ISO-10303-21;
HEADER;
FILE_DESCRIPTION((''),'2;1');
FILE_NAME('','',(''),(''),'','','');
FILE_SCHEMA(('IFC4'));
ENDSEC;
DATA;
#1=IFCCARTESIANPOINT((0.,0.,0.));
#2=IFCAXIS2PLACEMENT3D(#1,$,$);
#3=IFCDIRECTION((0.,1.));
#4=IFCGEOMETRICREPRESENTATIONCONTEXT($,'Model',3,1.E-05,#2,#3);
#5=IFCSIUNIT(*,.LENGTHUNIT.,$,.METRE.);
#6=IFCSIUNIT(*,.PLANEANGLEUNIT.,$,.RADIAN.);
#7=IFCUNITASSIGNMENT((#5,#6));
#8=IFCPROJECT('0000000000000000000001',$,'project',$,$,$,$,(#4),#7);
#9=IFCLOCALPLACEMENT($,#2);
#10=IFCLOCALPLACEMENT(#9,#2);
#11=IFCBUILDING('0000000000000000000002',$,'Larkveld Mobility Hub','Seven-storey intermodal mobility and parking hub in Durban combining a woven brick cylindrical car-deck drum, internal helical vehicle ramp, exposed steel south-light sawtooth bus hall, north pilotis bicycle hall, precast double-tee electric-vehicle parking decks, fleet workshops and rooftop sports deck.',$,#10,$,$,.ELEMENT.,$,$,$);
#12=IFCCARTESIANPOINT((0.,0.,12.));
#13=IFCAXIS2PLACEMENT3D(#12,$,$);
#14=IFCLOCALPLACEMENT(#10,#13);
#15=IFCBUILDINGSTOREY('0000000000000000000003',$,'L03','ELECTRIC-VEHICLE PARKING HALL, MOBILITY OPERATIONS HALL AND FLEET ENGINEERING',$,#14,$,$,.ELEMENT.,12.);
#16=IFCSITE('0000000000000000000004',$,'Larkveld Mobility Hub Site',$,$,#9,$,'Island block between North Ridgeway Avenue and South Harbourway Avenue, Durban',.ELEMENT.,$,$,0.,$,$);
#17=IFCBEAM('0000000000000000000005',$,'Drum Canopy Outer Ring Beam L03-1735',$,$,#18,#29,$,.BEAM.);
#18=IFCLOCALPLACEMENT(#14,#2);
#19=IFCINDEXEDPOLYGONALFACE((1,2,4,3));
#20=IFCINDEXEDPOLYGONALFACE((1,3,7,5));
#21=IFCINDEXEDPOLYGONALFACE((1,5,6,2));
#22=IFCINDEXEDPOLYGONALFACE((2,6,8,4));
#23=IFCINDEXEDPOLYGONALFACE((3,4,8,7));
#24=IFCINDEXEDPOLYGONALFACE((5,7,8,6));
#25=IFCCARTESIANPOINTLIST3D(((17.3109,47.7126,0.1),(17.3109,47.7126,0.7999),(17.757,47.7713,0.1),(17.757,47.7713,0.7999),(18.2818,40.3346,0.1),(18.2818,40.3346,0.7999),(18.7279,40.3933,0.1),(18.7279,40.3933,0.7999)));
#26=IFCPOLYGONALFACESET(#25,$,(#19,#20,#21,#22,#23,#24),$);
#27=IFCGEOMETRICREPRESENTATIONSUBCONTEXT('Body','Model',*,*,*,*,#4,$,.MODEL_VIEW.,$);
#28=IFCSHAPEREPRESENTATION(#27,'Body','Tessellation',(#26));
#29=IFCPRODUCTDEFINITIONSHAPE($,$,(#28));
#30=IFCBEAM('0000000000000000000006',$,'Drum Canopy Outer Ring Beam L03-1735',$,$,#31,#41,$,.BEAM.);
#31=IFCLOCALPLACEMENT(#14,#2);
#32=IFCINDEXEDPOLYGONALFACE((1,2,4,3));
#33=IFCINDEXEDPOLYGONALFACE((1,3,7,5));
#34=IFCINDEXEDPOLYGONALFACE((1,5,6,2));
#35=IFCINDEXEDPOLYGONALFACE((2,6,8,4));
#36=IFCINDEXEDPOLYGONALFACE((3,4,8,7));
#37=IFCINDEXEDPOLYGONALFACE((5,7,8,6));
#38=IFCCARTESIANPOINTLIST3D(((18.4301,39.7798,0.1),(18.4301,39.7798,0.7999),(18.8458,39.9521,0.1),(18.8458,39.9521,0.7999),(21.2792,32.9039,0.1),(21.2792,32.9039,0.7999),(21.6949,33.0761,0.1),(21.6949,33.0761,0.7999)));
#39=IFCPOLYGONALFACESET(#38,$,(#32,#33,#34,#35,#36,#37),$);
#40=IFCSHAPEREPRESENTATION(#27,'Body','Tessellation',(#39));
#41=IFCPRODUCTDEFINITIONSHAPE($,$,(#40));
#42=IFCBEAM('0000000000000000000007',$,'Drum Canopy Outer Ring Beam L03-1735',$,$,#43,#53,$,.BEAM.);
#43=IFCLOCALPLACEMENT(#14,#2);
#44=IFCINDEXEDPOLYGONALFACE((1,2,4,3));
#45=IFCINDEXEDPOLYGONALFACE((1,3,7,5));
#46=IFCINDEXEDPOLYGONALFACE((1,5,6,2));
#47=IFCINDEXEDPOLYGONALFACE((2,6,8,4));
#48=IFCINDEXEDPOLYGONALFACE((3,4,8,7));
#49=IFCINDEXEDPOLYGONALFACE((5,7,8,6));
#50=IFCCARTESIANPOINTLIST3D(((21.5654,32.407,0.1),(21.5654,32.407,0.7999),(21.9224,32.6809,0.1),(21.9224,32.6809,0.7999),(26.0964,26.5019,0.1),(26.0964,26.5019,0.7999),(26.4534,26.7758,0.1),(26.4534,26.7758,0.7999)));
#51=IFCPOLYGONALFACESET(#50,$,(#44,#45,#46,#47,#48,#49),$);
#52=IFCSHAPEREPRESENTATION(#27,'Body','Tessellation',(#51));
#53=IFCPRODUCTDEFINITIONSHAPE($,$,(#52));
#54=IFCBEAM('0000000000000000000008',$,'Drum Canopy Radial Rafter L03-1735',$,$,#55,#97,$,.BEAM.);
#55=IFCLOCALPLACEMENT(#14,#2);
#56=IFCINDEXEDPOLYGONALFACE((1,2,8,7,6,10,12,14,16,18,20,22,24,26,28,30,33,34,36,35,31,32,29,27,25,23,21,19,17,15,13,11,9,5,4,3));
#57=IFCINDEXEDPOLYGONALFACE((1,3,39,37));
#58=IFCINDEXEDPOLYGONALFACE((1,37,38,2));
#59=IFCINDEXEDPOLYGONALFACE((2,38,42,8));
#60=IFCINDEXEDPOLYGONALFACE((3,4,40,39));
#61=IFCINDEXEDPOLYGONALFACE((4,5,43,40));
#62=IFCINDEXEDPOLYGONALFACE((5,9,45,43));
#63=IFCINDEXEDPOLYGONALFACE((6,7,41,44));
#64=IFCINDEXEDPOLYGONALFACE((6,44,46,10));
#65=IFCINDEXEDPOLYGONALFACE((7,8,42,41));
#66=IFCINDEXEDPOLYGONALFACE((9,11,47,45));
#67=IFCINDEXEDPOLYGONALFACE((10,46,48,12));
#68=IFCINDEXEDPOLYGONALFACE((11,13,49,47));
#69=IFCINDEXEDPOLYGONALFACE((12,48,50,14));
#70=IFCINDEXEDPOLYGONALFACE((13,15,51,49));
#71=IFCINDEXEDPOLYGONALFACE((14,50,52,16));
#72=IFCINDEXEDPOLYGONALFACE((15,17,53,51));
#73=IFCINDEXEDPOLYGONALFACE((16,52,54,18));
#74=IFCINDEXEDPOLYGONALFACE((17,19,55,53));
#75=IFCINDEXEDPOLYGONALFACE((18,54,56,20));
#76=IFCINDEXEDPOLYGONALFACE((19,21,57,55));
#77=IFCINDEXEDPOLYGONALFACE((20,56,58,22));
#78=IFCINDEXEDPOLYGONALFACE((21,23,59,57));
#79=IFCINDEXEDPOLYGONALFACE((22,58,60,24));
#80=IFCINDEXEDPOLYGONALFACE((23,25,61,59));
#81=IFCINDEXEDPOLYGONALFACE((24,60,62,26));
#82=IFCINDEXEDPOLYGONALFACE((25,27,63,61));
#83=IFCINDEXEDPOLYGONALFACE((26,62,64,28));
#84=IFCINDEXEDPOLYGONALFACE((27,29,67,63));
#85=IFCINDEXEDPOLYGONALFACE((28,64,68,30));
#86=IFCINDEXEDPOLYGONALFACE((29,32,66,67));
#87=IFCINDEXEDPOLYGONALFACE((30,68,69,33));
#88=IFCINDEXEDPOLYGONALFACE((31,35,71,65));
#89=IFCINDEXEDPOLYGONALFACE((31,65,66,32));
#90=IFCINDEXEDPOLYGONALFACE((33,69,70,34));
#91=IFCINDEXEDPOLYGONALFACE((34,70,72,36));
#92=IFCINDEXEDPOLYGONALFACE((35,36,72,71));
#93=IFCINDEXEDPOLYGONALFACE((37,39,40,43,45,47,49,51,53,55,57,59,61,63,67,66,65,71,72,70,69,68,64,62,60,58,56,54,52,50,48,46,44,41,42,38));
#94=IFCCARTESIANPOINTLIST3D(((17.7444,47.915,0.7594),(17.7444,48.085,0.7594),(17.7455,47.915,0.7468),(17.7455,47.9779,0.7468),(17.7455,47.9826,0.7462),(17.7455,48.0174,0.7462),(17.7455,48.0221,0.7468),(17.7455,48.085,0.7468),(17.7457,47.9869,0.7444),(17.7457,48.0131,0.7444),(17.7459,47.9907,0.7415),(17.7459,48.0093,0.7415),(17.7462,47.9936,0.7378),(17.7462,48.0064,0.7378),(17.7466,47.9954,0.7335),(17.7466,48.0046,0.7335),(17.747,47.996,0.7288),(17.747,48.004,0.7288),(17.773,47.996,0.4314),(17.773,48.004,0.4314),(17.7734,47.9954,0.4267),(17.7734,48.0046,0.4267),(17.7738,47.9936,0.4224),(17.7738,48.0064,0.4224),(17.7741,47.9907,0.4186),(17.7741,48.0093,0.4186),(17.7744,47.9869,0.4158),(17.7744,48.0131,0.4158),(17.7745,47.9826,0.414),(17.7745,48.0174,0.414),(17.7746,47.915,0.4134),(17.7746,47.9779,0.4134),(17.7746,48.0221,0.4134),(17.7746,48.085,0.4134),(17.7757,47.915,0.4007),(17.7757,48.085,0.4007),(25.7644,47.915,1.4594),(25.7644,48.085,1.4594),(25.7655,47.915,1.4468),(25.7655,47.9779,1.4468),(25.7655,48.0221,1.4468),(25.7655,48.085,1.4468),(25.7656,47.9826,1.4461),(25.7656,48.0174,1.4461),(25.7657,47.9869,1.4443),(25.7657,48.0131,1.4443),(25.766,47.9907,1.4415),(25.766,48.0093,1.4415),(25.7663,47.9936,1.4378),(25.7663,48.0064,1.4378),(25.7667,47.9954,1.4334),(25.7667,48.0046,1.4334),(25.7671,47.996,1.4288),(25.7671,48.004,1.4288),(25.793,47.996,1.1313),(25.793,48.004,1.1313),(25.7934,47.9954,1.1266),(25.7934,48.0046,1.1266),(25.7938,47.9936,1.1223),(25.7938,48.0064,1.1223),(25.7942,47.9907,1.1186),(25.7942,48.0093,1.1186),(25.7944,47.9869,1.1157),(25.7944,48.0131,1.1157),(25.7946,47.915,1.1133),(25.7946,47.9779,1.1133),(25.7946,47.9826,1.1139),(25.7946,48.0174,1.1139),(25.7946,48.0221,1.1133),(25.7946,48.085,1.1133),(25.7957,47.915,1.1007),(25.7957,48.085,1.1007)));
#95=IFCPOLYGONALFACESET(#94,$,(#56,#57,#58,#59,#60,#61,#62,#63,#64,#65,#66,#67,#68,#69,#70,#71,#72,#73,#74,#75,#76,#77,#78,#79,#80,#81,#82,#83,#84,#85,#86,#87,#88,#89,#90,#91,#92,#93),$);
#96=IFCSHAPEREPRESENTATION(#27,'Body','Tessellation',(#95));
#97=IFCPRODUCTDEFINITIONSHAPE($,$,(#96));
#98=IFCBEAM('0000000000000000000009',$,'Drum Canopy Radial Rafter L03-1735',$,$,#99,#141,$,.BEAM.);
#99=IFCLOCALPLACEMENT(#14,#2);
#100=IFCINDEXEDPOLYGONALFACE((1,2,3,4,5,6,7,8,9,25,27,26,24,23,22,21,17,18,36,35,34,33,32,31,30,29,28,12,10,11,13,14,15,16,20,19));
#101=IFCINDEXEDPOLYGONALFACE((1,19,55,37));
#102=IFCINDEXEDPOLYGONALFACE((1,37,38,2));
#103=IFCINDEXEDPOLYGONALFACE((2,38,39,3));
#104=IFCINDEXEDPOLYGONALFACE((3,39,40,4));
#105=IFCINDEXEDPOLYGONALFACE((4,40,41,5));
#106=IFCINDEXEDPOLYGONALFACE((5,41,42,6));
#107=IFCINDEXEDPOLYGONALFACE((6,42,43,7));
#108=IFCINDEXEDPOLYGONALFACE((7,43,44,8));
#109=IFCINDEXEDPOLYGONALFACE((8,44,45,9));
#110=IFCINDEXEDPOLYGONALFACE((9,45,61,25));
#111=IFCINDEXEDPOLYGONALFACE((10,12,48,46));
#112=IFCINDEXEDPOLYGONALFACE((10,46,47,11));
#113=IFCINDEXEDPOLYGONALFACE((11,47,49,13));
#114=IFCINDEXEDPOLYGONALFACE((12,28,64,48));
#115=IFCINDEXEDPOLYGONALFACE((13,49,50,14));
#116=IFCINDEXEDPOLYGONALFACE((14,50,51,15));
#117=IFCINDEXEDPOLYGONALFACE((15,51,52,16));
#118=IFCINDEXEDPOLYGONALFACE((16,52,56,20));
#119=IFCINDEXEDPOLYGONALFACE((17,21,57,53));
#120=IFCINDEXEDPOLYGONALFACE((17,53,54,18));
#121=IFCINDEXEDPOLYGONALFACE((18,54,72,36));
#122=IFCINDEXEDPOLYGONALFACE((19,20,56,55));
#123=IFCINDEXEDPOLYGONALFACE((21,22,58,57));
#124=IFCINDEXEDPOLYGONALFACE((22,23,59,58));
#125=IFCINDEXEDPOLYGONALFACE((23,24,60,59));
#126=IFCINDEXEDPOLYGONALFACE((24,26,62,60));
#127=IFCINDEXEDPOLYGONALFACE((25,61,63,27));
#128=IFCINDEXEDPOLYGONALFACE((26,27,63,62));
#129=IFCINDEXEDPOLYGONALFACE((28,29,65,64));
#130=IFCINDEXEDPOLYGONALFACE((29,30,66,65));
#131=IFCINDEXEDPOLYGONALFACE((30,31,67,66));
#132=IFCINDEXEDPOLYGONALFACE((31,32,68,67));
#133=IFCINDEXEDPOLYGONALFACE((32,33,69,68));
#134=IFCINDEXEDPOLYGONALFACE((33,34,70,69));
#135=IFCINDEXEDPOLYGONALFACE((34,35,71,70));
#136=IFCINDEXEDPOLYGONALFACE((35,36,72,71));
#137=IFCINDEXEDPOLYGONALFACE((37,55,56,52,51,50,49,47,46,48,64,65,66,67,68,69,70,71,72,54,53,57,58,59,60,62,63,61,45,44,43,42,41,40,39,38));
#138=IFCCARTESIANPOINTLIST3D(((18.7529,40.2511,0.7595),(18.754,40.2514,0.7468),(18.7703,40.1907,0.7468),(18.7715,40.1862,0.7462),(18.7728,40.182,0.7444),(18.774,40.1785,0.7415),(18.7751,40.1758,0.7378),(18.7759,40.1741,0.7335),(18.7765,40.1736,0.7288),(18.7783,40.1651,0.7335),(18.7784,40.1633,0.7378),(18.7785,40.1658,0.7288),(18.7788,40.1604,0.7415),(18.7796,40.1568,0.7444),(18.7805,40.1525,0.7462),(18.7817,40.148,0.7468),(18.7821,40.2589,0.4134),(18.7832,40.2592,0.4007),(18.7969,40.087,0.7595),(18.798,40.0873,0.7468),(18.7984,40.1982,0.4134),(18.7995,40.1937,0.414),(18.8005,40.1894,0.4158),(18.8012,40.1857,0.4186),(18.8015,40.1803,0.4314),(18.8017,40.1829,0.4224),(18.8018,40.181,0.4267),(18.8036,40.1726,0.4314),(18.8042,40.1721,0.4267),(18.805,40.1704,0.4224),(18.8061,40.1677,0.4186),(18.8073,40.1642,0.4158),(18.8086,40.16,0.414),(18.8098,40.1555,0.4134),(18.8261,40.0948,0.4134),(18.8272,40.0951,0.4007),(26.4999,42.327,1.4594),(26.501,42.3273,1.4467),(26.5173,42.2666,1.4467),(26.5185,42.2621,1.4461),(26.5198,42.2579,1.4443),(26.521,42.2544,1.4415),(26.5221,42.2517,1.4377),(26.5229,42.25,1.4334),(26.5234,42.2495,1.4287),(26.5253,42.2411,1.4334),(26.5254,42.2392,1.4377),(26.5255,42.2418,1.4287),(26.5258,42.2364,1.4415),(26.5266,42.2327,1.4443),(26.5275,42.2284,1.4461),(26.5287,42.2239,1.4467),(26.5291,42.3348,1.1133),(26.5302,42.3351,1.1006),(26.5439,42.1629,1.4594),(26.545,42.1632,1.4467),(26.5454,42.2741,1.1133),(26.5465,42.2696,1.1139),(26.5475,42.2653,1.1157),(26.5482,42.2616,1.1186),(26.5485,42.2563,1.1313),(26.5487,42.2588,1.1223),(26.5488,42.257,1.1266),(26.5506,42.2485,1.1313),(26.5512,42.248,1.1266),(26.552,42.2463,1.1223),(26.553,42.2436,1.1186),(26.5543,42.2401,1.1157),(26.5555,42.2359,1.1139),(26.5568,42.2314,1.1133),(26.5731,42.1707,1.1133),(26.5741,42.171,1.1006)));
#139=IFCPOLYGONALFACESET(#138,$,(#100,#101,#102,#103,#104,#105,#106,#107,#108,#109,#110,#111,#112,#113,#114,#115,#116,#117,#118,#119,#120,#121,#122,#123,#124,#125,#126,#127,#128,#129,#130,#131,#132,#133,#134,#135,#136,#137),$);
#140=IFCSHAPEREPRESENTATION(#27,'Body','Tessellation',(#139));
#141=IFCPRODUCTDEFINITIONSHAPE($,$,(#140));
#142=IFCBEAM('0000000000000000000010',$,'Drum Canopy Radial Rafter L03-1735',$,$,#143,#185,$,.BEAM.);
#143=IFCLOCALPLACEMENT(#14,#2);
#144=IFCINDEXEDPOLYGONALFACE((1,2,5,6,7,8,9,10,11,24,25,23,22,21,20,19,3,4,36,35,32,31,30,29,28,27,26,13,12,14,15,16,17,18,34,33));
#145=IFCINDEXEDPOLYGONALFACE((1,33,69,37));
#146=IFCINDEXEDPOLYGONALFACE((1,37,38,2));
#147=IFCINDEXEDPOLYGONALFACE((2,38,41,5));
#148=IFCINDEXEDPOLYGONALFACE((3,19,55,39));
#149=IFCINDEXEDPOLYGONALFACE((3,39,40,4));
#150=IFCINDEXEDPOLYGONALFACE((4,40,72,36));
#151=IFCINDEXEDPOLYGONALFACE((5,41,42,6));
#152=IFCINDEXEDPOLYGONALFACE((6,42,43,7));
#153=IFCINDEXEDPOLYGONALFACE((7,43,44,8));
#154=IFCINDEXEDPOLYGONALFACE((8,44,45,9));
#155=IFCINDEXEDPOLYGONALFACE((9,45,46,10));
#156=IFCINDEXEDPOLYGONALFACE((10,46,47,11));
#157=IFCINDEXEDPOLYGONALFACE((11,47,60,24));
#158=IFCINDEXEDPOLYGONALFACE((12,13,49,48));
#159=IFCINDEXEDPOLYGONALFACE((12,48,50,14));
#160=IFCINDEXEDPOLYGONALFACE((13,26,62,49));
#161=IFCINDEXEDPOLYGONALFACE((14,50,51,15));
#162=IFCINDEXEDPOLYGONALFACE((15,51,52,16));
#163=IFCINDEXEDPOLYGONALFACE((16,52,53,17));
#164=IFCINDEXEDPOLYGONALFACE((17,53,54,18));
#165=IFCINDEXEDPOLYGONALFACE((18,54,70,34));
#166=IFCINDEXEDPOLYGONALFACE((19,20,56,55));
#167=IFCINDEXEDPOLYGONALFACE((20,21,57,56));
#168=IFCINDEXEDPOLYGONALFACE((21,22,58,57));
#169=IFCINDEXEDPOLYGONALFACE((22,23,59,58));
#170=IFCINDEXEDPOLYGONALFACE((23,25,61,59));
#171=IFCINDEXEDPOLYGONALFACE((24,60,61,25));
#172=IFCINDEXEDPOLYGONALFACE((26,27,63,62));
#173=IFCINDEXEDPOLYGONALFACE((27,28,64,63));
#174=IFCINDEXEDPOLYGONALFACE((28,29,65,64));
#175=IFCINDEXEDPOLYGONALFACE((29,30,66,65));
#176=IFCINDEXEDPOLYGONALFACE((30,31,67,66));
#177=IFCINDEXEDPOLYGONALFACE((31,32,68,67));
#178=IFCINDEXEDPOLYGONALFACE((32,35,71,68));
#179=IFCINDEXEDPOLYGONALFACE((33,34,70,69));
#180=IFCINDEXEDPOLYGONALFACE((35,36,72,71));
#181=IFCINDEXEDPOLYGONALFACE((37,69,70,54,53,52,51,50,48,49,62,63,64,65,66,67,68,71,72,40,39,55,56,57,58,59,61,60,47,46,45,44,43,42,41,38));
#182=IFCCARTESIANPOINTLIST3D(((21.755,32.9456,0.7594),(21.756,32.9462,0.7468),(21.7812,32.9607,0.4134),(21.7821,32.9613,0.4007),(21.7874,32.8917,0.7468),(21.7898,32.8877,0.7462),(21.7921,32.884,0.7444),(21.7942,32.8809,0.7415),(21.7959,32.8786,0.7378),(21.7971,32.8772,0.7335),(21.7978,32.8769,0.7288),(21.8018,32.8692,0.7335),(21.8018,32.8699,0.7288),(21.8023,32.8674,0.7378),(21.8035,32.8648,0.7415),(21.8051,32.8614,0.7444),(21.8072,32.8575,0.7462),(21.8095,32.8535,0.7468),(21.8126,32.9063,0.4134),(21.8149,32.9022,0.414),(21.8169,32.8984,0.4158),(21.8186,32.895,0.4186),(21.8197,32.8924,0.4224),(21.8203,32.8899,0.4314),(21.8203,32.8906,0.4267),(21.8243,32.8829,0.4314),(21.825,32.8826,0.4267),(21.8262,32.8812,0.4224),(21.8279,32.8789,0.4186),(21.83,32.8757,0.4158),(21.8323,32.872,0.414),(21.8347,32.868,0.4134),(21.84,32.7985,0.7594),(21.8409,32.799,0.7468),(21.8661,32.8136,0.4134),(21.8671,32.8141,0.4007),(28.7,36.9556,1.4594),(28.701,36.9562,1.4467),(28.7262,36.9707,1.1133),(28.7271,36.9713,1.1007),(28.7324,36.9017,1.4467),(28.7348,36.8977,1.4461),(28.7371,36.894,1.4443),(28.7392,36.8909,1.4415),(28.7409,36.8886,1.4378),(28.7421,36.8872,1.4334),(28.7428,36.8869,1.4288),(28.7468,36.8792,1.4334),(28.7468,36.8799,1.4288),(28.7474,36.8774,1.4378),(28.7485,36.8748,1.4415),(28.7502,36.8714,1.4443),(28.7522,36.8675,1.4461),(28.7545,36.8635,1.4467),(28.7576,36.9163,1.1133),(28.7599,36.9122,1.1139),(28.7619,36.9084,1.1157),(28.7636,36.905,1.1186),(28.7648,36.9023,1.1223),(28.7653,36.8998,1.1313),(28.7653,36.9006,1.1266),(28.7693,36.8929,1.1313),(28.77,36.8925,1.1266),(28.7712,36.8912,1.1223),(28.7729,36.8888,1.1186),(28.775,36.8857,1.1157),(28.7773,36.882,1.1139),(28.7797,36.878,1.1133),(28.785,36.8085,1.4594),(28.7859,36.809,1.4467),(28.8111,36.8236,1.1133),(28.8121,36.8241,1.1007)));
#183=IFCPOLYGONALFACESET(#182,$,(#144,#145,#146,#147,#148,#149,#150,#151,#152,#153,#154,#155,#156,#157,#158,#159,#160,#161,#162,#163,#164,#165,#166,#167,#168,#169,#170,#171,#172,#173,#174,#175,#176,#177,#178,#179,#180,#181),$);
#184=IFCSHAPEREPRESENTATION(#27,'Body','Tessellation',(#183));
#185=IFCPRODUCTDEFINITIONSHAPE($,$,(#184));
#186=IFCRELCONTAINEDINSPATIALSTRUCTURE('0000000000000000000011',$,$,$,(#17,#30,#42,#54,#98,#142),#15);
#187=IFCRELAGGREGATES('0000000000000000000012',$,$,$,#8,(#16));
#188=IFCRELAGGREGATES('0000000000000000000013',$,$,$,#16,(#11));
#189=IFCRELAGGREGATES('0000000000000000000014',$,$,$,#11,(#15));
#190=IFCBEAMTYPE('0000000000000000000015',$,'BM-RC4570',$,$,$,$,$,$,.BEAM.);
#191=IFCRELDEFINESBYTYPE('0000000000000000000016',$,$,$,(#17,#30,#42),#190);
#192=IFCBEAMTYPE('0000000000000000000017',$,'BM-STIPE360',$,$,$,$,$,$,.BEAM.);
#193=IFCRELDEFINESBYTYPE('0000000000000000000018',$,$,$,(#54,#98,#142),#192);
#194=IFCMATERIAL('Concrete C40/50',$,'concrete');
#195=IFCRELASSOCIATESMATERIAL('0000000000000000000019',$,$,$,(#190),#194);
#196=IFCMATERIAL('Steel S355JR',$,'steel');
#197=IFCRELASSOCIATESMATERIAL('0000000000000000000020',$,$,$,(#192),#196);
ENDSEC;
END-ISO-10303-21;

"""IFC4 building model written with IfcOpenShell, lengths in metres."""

from ifc_helpers import new_model, si_unit, direction, frame, origin, origin_2d, place, context, subcontext, project, spatial, rectangle, i_section, extrude, material, material_profile, profile_set, type_object, element, save


model = new_model("IFC4")

# Units and contexts
model_context = context("Model", 3, precision=1e-05, world=origin(), true_north=direction((0.0, 1.0)))
body_context = subcontext(model_context, "Body", "Model", "MODEL_VIEW")
ifc_project = project(units=[si_unit("LENGTHUNIT", "METRE"), si_unit("PLANEANGLEUNIT", "RADIAN")], contexts=[model_context])

# Site, building, storey
site_placement = place(None, origin())
site = spatial("IfcSite", under=ifc_project, at=site_placement, Name="Larkveld Mobility Hub Site", LongName="Island block between North Ridgeway Avenue and South Harbourway Avenue, Durban", CompositionType="ELEMENT", RefElevation=0.0)
building_placement = place(site_placement, origin())
building = spatial("IfcBuilding", under=site, at=building_placement, Name="Larkveld Mobility Hub", Description="Seven-storey intermodal mobility and parking hub in Durban combining a woven brick cylindrical car-deck drum, internal helical vehicle ramp, exposed steel south-light sawtooth bus hall, north pilotis bicycle hall, precast double-tee electric-vehicle parking decks, fleet workshops and rooftop sports deck.", CompositionType="ELEMENT")
storey_placement = place(building_placement, frame((0.0, 0.0, 12.0)))
storey = spatial("IfcBuildingStorey", under=building, at=storey_placement, Name="L03", Description="ELECTRIC-VEHICLE PARKING HALL, MOBILITY OPERATIONS HALL AND FLEET ENGINEERING", CompositionType="ELEMENT", Elevation=12.0)

# Shared definitions
ifc_material_1 = material(Name="Concrete C40/50", Category="concrete")
ifc_material_2 = material(Name="Steel S355JR", Category="steel")

# Beams
ifc_material_profile_1 = material_profile(ifc_material_1, rectangle(XDim=0.45, YDim=0.7, at=origin_2d()), Name="RC BM 450x700")
ifc_profile_set_1 = profile_set([ifc_material_profile_1], Name="Concrete C40/50")
beam_type_1 = type_object("IfcBeamType", Name="BM-RC4570", PredefinedType="BEAM", material=ifc_profile_set_1)
beam_1_placement = place(storey_placement, frame((17.5339, 47.7419, 0.45), z_axis=(0.130477, -0.991451, 0.0), x_axis=(0.991451, 0.130477, 0.0)))
element("IfcBeam", 1, at=beam_1_placement, inside=storey, type_object=beam_type_1, Name="Drum Canopy Outer Ring Beam L03-1735", PredefinedType="BEAM", context=body_context, shape_type="SweptSolid", body=[
    extrude(rectangle(XDim=0.45, YDim=0.7, at=origin_2d()), origin(), (0.0, 0.0, 1.0), 7.4417),
])
beam_2_placement = place(storey_placement, frame((18.6379, 39.866, 0.45), z_axis=(0.382798, -0.923832, 0.0), x_axis=(0.923832, 0.382798, 0.0)))
element("IfcBeam", 2, at=beam_2_placement, inside=storey, type_object=beam_type_1, Name="Drum Canopy Outer Ring Beam L03-1735", PredefinedType="BEAM", context=body_context, shape_type="SweptSolid", body=[
    extrude(rectangle(XDim=0.45, YDim=0.7, at=origin_2d()), origin(), (0.0, 0.0, 1.0), 7.4429),
])
beam_3_placement = place(storey_placement, frame((21.7439, 32.5439, 0.45), z_axis=(0.608754, -0.793359, 0.0), x_axis=(0.793359, 0.608754, 0.0)))
element("IfcBeam", 3, at=beam_3_placement, inside=storey, type_object=beam_type_1, Name="Drum Canopy Outer Ring Beam L03-1735", PredefinedType="BEAM", context=body_context, shape_type="SweptSolid", body=[
    extrude(rectangle(XDim=0.45, YDim=0.7, at=origin_2d()), origin(), (0.0, 0.0, 1.0), 7.4431),
])
ifc_material_profile_2 = material_profile(ifc_material_2, i_section(OverallWidth=0.1699, OverallDepth=0.3601, WebThickness=0.0081, FlangeThickness=0.0127, FilletRadius=0.0181, at=origin_2d()), Name="IPE 360")
ifc_profile_set_2 = profile_set([ifc_material_profile_2], Name="Steel S355JR")
beam_type_2 = type_object("IfcBeamType", Name="BM-STIPE360", PredefinedType="BEAM", material=ifc_profile_set_2)
beam_4_placement = place(storey_placement, frame((17.76, 48.0, 0.5801), z_axis=(0.996213, 0.0, 0.086945), x_axis=(0.0, 1.0, 0.0)))
element("IfcBeam", 4, at=beam_4_placement, inside=storey, type_object=beam_type_2, Name="Drum Canopy Radial Rafter L03-1735", PredefinedType="BEAM", context=body_context, shape_type="SweptSolid", body=[
    extrude(i_section(OverallWidth=0.1699, OverallDepth=0.3601, WebThickness=0.0081, FlangeThickness=0.0127, FilletRadius=0.0181, at=origin_2d()), origin(), (0.0, 0.0, 1.0), 8.0505),
])
beam_5_placement = place(storey_placement, frame((18.79, 40.1731, 0.5801), z_axis=(0.962265, 0.257851, 0.086941), x_axis=(-0.258831, 0.965923, 0.0)))
element("IfcBeam", 5, at=beam_5_placement, inside=storey, type_object=beam_type_2, Name="Drum Canopy Radial Rafter L03-1735", PredefinedType="BEAM", context=body_context, shape_type="SweptSolid", body=[
    extrude(i_section(OverallWidth=0.1699, OverallDepth=0.3601, WebThickness=0.0081, FlangeThickness=0.0127, FilletRadius=0.0181, at=origin_2d()), origin(), (0.0, 0.0, 1.0), 8.0508),
])
beam_6_placement = place(storey_placement, frame((21.811, 32.8799, 0.5801), z_axis=(0.862731, 0.498132, 0.086949), x_axis=(-0.500026, 0.866011, 0.0)))
element("IfcBeam", 6, at=beam_6_placement, inside=storey, type_object=beam_type_2, Name="Drum Canopy Radial Rafter L03-1735", PredefinedType="BEAM", context=body_context, shape_type="SweptSolid", body=[
    extrude(i_section(OverallWidth=0.1699, OverallDepth=0.3601, WebThickness=0.0081, FlangeThickness=0.0127, FilletRadius=0.0181, at=origin_2d()), origin(), (0.0, 0.0, 1.0), 8.05),
])

save(model, "model.ifc")
